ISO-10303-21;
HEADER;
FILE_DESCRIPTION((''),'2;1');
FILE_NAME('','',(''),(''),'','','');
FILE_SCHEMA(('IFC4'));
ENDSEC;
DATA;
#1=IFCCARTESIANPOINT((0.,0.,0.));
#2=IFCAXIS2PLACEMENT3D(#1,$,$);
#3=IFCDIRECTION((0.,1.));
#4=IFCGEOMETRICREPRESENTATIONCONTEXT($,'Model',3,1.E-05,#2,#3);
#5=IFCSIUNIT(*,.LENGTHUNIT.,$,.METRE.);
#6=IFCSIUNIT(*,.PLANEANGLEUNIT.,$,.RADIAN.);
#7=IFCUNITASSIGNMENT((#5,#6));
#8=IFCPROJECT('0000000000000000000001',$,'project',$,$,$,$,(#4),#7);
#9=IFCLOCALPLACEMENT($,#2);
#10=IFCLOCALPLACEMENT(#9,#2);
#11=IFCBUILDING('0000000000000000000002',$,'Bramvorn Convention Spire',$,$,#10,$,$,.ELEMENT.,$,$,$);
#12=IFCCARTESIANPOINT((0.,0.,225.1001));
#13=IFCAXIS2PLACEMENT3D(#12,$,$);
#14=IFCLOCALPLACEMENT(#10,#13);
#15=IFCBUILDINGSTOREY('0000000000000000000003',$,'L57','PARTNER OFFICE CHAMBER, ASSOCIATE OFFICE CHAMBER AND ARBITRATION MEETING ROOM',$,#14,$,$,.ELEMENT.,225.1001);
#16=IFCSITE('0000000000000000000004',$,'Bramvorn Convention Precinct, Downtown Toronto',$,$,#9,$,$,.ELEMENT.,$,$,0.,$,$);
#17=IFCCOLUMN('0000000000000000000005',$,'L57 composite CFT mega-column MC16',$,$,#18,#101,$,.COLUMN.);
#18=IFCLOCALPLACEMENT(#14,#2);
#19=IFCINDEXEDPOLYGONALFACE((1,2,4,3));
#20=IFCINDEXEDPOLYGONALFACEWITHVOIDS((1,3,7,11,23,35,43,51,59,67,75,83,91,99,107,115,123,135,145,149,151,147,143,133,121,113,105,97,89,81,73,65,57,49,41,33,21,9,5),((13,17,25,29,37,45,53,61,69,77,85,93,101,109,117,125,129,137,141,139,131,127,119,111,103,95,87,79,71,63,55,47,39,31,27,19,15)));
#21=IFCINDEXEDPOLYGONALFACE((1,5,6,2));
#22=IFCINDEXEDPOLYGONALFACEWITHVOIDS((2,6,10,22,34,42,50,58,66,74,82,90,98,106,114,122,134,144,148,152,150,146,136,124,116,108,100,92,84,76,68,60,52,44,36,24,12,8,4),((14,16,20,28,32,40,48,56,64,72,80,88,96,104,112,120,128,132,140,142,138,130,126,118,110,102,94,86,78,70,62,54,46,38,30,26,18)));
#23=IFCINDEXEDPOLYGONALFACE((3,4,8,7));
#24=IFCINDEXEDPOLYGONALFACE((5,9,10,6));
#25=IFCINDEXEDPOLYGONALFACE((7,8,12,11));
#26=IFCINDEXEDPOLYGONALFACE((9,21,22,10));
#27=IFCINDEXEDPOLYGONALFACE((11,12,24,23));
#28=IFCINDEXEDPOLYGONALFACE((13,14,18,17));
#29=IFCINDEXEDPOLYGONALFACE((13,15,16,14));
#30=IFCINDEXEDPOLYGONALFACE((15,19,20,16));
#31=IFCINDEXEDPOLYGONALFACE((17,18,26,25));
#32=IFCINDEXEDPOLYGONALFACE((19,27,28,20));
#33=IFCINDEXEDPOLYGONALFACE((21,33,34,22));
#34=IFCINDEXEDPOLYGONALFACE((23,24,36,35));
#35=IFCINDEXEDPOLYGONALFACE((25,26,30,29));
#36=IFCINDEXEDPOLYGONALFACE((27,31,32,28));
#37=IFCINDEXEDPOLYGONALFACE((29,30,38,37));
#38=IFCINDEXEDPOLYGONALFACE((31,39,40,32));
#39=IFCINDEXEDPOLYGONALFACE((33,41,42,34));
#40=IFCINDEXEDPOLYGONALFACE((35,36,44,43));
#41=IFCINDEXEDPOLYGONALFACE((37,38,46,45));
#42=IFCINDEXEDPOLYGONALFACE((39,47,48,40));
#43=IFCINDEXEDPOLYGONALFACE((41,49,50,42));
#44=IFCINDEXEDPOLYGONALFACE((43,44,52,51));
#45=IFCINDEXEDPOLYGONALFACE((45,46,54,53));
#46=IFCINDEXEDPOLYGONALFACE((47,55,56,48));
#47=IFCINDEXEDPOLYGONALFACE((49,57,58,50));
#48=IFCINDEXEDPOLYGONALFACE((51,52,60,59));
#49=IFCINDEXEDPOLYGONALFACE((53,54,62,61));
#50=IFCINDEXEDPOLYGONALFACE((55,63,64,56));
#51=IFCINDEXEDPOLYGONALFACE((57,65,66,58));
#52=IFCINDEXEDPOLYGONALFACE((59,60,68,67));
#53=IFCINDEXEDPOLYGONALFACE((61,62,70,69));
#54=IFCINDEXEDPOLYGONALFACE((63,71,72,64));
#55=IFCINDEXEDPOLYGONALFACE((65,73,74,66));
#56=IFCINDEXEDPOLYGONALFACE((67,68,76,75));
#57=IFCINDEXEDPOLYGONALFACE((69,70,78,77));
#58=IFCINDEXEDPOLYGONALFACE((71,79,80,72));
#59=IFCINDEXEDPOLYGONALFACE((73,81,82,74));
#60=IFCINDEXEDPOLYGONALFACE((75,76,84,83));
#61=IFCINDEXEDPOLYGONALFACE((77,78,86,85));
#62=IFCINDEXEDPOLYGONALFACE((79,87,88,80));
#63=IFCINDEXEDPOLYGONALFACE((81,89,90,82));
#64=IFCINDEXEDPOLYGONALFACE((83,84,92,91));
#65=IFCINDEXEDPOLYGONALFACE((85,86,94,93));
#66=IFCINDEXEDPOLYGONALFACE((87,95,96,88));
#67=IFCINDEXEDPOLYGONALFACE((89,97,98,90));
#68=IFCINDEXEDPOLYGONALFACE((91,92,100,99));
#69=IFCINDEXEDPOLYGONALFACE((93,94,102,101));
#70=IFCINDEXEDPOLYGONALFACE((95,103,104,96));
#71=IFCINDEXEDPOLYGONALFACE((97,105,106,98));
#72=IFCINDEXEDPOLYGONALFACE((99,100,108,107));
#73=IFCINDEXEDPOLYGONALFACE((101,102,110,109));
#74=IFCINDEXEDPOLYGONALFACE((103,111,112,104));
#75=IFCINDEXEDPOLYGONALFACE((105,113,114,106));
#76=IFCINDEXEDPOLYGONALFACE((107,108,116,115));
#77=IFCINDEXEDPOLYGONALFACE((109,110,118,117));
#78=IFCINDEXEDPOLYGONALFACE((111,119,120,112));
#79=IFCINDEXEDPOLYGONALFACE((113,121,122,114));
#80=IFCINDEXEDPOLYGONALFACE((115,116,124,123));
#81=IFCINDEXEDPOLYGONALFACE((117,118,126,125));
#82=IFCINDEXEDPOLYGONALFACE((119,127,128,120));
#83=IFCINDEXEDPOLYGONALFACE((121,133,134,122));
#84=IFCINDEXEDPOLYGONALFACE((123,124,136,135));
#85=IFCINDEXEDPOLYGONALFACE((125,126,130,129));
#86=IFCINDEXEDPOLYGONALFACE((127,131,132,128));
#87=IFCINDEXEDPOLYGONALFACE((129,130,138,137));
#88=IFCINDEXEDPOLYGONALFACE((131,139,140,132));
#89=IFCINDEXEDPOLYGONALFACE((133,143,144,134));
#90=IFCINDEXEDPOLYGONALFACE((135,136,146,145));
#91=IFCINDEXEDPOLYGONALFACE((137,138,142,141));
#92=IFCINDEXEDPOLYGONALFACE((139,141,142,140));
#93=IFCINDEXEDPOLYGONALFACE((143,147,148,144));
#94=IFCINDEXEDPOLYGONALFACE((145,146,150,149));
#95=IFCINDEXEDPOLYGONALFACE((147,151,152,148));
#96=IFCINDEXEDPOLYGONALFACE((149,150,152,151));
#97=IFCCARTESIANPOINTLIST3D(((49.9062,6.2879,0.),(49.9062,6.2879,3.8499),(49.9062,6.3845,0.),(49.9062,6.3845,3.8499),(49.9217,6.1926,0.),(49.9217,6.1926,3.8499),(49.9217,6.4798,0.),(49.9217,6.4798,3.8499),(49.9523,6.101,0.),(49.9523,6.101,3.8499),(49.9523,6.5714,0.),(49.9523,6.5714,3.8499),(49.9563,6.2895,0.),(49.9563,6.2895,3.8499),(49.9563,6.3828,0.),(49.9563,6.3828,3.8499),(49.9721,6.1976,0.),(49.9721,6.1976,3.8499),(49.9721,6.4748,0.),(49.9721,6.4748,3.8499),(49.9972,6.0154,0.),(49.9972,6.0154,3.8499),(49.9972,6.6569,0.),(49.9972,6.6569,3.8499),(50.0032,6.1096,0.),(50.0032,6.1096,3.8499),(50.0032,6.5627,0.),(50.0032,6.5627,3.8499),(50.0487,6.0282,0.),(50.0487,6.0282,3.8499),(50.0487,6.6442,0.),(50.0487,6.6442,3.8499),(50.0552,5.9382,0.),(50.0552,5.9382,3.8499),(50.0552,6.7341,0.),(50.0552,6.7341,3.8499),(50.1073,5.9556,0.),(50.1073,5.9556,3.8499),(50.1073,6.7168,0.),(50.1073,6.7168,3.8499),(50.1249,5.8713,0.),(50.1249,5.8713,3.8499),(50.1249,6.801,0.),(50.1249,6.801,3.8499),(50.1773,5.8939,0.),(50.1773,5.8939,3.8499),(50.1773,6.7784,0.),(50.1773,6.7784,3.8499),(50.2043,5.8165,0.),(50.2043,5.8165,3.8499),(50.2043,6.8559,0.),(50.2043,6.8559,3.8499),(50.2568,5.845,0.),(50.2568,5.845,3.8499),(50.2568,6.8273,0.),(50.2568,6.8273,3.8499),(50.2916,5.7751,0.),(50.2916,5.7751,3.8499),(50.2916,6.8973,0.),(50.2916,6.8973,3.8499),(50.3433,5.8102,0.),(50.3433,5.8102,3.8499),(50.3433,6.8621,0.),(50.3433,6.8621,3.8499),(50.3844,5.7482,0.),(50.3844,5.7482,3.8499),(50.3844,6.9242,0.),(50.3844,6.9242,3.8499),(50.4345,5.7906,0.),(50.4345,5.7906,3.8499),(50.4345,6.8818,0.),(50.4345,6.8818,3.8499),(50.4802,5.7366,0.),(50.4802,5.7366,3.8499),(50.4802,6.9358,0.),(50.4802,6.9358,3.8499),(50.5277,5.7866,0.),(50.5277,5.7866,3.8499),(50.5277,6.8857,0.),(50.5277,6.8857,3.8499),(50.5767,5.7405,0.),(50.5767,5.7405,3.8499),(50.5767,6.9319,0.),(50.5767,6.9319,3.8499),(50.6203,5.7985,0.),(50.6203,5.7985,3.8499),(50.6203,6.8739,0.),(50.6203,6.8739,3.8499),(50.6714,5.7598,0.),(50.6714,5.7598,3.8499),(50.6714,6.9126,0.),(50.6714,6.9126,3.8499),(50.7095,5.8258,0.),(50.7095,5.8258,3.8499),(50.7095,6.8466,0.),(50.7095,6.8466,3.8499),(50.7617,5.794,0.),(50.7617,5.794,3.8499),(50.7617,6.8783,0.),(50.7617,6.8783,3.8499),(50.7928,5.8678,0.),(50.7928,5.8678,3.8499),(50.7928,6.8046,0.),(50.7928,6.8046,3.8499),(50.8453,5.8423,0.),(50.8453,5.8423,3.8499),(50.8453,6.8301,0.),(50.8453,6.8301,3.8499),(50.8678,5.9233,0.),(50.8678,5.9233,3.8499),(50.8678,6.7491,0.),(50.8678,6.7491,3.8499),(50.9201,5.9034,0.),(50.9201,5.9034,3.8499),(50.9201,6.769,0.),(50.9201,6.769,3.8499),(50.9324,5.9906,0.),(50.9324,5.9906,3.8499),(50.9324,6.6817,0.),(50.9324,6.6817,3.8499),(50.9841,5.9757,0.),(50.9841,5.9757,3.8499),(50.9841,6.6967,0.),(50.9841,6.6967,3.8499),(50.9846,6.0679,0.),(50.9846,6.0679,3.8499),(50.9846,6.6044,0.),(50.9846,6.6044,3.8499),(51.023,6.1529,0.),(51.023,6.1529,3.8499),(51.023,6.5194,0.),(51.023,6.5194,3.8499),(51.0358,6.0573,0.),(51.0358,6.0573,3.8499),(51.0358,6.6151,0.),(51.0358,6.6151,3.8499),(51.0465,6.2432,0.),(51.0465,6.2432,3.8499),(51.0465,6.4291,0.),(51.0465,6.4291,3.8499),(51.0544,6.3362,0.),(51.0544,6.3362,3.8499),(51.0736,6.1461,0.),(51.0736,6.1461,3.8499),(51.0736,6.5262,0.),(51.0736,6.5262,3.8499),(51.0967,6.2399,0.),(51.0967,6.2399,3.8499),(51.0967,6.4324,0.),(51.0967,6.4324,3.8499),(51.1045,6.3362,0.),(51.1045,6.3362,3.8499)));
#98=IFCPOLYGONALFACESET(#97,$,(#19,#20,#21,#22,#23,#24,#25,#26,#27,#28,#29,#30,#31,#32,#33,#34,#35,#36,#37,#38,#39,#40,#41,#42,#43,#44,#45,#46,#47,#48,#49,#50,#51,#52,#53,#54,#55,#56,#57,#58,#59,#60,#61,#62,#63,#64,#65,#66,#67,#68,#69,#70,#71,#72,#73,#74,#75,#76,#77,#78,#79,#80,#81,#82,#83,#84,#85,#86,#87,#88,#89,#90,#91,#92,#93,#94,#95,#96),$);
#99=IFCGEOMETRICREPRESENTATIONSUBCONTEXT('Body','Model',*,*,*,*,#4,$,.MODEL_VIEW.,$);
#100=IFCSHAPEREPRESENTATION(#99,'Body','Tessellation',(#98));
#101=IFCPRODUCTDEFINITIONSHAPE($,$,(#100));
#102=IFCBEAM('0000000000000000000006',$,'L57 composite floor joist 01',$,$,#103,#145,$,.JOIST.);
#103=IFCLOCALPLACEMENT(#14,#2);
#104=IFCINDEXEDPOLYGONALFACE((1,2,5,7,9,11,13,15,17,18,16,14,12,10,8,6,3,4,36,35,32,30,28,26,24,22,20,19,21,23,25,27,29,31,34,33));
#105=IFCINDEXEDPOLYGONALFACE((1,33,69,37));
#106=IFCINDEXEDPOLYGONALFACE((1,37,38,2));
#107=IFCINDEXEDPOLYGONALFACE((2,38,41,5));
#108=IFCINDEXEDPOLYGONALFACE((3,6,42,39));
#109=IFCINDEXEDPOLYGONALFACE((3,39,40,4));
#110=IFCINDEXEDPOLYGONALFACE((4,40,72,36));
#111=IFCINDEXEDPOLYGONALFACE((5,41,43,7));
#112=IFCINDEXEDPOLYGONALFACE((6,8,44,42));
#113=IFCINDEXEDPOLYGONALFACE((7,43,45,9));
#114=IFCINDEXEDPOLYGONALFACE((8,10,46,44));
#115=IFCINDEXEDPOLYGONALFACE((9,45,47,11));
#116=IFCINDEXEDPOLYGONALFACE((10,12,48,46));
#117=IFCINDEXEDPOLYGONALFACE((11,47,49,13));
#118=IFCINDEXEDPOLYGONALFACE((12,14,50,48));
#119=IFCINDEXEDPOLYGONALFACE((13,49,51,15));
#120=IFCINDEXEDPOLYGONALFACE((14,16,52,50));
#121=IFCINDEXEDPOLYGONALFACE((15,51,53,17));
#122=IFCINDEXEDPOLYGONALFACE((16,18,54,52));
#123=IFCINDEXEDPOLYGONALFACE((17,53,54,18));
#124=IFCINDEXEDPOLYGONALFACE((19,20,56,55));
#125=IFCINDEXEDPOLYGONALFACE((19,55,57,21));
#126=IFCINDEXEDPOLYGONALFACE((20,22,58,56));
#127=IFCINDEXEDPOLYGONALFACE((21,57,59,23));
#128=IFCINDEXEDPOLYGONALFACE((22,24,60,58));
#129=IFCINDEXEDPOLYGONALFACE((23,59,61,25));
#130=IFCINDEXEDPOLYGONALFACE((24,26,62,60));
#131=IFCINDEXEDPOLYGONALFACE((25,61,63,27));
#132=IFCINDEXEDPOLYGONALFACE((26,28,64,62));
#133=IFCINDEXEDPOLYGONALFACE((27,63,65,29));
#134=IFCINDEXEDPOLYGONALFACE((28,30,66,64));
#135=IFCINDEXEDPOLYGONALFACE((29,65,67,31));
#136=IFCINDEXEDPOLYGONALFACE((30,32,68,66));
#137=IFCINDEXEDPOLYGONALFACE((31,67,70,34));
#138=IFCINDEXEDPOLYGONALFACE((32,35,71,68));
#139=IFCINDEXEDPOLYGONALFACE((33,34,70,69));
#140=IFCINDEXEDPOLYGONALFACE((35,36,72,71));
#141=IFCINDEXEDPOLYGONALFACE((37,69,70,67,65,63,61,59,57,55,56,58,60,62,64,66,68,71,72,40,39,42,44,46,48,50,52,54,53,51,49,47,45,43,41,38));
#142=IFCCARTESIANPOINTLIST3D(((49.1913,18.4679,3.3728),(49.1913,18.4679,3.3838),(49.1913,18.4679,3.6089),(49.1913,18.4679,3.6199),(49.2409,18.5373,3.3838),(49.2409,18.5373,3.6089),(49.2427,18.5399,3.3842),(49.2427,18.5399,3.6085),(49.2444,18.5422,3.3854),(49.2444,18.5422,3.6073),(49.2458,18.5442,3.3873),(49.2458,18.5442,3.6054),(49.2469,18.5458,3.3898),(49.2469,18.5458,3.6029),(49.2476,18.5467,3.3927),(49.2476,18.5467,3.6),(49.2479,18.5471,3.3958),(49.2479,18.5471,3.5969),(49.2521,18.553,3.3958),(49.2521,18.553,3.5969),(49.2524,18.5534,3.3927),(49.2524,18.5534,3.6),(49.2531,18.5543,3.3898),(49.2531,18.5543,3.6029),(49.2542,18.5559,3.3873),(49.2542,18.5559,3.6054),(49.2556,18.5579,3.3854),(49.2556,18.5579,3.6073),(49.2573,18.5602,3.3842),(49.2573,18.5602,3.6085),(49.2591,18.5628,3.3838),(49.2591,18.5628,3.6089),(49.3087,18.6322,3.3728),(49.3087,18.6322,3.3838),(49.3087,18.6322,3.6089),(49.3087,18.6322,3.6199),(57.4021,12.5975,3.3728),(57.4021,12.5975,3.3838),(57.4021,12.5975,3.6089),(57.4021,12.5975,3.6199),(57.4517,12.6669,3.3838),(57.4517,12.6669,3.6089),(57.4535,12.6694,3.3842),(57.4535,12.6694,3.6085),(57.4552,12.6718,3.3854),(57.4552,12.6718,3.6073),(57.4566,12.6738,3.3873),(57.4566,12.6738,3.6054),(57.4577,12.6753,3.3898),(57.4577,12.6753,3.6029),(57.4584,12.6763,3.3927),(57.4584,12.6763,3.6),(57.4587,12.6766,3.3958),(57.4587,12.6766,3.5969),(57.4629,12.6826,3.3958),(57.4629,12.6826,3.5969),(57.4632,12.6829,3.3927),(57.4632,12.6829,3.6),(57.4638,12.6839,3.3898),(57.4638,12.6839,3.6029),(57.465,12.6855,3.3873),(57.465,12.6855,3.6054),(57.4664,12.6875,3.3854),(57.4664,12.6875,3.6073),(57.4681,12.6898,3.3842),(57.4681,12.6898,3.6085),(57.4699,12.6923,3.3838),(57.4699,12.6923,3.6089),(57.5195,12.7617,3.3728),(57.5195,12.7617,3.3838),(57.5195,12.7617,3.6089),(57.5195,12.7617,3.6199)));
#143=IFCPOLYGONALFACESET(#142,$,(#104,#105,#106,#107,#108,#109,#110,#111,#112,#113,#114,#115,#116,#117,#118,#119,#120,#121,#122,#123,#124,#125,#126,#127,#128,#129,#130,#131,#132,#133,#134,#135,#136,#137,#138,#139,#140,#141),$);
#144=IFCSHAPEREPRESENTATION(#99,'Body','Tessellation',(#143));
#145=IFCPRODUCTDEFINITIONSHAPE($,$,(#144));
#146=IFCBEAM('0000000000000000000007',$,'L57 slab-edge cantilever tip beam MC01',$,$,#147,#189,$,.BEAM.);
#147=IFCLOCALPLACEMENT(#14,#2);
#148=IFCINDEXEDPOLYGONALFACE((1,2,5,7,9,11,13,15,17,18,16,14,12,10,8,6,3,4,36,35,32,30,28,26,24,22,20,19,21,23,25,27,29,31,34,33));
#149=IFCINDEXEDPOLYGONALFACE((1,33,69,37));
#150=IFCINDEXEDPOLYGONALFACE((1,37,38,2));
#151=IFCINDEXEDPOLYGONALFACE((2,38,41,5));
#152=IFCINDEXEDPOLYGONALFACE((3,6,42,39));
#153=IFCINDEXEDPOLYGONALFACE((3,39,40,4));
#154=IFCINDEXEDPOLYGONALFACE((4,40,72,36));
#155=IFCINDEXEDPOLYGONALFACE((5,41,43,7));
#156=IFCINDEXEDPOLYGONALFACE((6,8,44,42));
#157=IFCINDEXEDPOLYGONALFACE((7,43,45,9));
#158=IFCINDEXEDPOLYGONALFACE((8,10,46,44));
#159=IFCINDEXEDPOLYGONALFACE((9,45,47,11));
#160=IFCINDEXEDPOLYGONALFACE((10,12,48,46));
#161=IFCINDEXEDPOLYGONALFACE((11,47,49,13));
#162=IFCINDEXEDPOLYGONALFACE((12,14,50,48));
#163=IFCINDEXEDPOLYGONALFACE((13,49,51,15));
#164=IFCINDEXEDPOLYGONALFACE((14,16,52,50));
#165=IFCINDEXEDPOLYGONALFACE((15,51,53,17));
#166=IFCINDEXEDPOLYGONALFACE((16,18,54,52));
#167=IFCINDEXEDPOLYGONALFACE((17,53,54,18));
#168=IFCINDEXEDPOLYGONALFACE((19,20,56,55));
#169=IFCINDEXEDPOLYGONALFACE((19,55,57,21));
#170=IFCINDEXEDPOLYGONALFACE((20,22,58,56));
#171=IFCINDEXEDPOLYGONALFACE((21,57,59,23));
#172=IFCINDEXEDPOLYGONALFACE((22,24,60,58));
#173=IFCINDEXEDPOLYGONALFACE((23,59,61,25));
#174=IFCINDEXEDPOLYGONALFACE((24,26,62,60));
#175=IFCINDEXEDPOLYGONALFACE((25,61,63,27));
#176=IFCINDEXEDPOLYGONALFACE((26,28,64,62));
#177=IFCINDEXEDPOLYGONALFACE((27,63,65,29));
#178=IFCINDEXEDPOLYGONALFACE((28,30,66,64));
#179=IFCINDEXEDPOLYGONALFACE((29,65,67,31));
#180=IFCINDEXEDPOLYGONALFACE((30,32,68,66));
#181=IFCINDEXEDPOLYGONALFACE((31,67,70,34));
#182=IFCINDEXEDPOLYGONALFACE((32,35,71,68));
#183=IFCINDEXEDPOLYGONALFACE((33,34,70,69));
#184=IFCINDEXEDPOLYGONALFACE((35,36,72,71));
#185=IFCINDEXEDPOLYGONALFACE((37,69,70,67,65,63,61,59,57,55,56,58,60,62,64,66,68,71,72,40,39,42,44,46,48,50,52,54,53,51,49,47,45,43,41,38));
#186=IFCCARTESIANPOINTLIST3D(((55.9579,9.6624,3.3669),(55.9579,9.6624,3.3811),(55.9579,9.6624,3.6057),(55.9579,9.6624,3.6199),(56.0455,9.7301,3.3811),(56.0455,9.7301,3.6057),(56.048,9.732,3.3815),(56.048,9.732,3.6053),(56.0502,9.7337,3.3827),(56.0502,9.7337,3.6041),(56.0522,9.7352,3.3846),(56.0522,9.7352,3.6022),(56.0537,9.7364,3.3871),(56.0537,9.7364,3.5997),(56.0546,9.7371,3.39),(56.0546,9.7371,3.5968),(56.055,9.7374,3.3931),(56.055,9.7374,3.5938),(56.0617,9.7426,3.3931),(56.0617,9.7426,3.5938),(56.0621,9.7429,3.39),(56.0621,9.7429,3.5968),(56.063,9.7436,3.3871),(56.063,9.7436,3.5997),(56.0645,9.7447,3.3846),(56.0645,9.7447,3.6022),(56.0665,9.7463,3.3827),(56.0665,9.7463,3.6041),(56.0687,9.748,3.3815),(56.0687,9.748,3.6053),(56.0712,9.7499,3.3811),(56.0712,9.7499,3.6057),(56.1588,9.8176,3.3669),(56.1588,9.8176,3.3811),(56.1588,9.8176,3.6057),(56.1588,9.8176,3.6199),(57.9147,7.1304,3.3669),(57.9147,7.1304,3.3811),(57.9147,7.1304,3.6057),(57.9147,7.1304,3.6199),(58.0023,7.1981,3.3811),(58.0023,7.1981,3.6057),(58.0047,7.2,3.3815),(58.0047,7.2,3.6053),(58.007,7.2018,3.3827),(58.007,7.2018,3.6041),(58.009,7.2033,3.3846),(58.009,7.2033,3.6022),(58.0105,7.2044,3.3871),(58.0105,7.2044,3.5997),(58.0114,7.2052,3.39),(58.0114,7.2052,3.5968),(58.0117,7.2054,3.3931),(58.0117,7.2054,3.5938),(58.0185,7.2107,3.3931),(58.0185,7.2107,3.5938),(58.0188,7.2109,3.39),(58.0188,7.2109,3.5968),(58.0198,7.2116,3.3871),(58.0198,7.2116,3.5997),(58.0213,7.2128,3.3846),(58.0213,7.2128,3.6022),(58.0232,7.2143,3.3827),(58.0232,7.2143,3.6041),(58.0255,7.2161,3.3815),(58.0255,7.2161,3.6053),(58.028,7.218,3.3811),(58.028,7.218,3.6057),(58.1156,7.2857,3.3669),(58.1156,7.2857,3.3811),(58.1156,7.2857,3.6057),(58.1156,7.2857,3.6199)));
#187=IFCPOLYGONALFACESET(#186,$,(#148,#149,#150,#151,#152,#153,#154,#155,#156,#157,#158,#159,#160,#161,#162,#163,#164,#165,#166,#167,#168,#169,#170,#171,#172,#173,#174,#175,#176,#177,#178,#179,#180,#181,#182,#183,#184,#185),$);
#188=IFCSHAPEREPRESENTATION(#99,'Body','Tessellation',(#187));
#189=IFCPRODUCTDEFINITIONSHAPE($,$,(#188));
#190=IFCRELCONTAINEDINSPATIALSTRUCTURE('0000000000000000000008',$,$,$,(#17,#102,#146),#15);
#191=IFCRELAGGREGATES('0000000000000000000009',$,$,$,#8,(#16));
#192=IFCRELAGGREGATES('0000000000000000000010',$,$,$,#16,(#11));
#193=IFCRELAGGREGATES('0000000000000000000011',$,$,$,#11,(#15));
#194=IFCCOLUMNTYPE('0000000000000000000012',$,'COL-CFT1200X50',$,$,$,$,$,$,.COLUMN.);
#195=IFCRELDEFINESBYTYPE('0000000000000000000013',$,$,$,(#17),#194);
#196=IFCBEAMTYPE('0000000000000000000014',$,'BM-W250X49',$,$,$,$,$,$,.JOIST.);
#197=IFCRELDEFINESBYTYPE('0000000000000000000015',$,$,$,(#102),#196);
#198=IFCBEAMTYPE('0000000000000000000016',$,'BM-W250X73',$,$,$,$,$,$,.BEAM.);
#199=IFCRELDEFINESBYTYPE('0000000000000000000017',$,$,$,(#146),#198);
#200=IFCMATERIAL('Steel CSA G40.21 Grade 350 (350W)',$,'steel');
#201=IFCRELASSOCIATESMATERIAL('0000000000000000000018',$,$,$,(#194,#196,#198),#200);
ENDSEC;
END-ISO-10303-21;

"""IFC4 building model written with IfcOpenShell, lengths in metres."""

from ifc_helpers import new_model, si_unit, direction, frame, origin, origin_2d, place, context, subcontext, project, spatial, hollow_circle, i_section, extrude, material, material_profile, profile_set, type_object, element, save


model = new_model("IFC4")

# Units and contexts
model_context = context("Model", 3, precision=1e-05, world=origin(), true_north=direction((0.0, 1.0)))
body_context = subcontext(model_context, "Body", "Model", "MODEL_VIEW")
ifc_project = project(units=[si_unit("LENGTHUNIT", "METRE"), si_unit("PLANEANGLEUNIT", "RADIAN")], contexts=[model_context])

# Site, building, storey
site_placement = place(None, origin())
site = spatial("IfcSite", under=ifc_project, at=site_placement, Name="Bramvorn Convention Precinct, Downtown Toronto", CompositionType="ELEMENT", RefElevation=0.0)
building_placement = place(site_placement, origin())
building = spatial("IfcBuilding", under=site, at=building_placement, Name="Bramvorn Convention Spire", CompositionType="ELEMENT")
storey_placement = place(building_placement, frame((0.0, 0.0, 225.1001)))
storey = spatial("IfcBuildingStorey", under=building, at=storey_placement, Name="L57", Description="PARTNER OFFICE CHAMBER, ASSOCIATE OFFICE CHAMBER AND ARBITRATION MEETING ROOM", CompositionType="ELEMENT", Elevation=225.1001)

# Column
ifc_material_1 = material(Name="Steel CSA G40.21 Grade 350 (350W)", Category="steel")
ifc_material_profile_1 = material_profile(ifc_material_1, hollow_circle(Radius=0.6001, WallThickness=0.05, at=origin_2d()))
ifc_profile_set_1 = profile_set([ifc_material_profile_1], Name="Steel CSA G40.21 Grade 350 (350W) - CFT1200X50")
column_type = type_object("IfcColumnType", Name="COL-CFT1200X50", PredefinedType="COLUMN", material=ifc_profile_set_1)
for number, where, z_axis, x_axis, name in (
    (1, (50.5044, 6.3362, 0.0), (0.0, 0.0, 1.0), (1.0, 0.0, 0.0), "L57 composite CFT mega-column MC16"),
):
    element("IfcColumn", number, at=place(storey_placement, frame(where, z_axis=z_axis, x_axis=x_axis)), inside=storey, type_object=column_type, Name=name, PredefinedType="COLUMN", context=body_context, shape_type="SweptSolid", body=[
        extrude(hollow_circle(Radius=0.6001, WallThickness=0.05, at=origin_2d()), origin(), (0.0, 0.0, 1.0), 3.8499),
    ])

# Beams
ifc_material_profile_2 = material_profile(ifc_material_1, i_section(OverallWidth=0.2019, OverallDepth=0.2471, WebThickness=0.0073, FlangeThickness=0.011, FilletRadius=0.012, at=origin_2d()))
ifc_profile_set_2 = profile_set([ifc_material_profile_2], Name="Steel CSA G40.21 Grade 350 (350W) - W250X49")
beam_type_1 = type_object("IfcBeamType", Name="BM-W250X49", PredefinedType="JOIST", material=ifc_profile_set_2)
beam_1_placement = place(storey_placement, frame((49.25, 18.55, 3.4963), z_axis=(0.813472, -0.581604, 0.0), x_axis=(0.581604, 0.813472, 0.0)))
element("IfcBeam", 2, at=beam_1_placement, inside=storey, type_object=beam_type_1, Name="L57 composite floor joist 01", PredefinedType="JOIST", context=body_context, shape_type="SweptSolid", body=[
    extrude(i_section(OverallWidth=0.2019, OverallDepth=0.2471, WebThickness=0.0073, FlangeThickness=0.011, FilletRadius=0.012, at=origin_2d()), origin(), (0.0, 0.0, 1.0), 10.0935),
])
ifc_material_profile_3 = material_profile(ifc_material_1, i_section(OverallWidth=0.2539, OverallDepth=0.2529, WebThickness=0.0085, FlangeThickness=0.0142, FilletRadius=0.012, at=origin_2d()))
ifc_profile_set_3 = profile_set([ifc_material_profile_3], Name="Steel CSA G40.21 Grade 350 (350W) - W250X73")
beam_type_2 = type_object("IfcBeamType", Name="BM-W250X73", PredefinedType="BEAM", material=ifc_profile_set_3)
beam_2_placement = place(storey_placement, frame((56.0583, 9.74, 3.4934), z_axis=(0.611497, -0.791246, 0.0), x_axis=(0.791246, 0.611497, 0.0)))
element("IfcBeam", 3, at=beam_2_placement, inside=storey, type_object=beam_type_2, Name="L57 slab-edge cantilever tip beam MC01", PredefinedType="BEAM", context=body_context, shape_type="SweptSolid", body=[
    extrude(i_section(OverallWidth=0.2539, OverallDepth=0.2529, WebThickness=0.0085, FlangeThickness=0.0142, FilletRadius=0.012, at=origin_2d()), origin(), (0.0, 0.0, 1.0), 3.2),
])

save(model, "model.ifc")
